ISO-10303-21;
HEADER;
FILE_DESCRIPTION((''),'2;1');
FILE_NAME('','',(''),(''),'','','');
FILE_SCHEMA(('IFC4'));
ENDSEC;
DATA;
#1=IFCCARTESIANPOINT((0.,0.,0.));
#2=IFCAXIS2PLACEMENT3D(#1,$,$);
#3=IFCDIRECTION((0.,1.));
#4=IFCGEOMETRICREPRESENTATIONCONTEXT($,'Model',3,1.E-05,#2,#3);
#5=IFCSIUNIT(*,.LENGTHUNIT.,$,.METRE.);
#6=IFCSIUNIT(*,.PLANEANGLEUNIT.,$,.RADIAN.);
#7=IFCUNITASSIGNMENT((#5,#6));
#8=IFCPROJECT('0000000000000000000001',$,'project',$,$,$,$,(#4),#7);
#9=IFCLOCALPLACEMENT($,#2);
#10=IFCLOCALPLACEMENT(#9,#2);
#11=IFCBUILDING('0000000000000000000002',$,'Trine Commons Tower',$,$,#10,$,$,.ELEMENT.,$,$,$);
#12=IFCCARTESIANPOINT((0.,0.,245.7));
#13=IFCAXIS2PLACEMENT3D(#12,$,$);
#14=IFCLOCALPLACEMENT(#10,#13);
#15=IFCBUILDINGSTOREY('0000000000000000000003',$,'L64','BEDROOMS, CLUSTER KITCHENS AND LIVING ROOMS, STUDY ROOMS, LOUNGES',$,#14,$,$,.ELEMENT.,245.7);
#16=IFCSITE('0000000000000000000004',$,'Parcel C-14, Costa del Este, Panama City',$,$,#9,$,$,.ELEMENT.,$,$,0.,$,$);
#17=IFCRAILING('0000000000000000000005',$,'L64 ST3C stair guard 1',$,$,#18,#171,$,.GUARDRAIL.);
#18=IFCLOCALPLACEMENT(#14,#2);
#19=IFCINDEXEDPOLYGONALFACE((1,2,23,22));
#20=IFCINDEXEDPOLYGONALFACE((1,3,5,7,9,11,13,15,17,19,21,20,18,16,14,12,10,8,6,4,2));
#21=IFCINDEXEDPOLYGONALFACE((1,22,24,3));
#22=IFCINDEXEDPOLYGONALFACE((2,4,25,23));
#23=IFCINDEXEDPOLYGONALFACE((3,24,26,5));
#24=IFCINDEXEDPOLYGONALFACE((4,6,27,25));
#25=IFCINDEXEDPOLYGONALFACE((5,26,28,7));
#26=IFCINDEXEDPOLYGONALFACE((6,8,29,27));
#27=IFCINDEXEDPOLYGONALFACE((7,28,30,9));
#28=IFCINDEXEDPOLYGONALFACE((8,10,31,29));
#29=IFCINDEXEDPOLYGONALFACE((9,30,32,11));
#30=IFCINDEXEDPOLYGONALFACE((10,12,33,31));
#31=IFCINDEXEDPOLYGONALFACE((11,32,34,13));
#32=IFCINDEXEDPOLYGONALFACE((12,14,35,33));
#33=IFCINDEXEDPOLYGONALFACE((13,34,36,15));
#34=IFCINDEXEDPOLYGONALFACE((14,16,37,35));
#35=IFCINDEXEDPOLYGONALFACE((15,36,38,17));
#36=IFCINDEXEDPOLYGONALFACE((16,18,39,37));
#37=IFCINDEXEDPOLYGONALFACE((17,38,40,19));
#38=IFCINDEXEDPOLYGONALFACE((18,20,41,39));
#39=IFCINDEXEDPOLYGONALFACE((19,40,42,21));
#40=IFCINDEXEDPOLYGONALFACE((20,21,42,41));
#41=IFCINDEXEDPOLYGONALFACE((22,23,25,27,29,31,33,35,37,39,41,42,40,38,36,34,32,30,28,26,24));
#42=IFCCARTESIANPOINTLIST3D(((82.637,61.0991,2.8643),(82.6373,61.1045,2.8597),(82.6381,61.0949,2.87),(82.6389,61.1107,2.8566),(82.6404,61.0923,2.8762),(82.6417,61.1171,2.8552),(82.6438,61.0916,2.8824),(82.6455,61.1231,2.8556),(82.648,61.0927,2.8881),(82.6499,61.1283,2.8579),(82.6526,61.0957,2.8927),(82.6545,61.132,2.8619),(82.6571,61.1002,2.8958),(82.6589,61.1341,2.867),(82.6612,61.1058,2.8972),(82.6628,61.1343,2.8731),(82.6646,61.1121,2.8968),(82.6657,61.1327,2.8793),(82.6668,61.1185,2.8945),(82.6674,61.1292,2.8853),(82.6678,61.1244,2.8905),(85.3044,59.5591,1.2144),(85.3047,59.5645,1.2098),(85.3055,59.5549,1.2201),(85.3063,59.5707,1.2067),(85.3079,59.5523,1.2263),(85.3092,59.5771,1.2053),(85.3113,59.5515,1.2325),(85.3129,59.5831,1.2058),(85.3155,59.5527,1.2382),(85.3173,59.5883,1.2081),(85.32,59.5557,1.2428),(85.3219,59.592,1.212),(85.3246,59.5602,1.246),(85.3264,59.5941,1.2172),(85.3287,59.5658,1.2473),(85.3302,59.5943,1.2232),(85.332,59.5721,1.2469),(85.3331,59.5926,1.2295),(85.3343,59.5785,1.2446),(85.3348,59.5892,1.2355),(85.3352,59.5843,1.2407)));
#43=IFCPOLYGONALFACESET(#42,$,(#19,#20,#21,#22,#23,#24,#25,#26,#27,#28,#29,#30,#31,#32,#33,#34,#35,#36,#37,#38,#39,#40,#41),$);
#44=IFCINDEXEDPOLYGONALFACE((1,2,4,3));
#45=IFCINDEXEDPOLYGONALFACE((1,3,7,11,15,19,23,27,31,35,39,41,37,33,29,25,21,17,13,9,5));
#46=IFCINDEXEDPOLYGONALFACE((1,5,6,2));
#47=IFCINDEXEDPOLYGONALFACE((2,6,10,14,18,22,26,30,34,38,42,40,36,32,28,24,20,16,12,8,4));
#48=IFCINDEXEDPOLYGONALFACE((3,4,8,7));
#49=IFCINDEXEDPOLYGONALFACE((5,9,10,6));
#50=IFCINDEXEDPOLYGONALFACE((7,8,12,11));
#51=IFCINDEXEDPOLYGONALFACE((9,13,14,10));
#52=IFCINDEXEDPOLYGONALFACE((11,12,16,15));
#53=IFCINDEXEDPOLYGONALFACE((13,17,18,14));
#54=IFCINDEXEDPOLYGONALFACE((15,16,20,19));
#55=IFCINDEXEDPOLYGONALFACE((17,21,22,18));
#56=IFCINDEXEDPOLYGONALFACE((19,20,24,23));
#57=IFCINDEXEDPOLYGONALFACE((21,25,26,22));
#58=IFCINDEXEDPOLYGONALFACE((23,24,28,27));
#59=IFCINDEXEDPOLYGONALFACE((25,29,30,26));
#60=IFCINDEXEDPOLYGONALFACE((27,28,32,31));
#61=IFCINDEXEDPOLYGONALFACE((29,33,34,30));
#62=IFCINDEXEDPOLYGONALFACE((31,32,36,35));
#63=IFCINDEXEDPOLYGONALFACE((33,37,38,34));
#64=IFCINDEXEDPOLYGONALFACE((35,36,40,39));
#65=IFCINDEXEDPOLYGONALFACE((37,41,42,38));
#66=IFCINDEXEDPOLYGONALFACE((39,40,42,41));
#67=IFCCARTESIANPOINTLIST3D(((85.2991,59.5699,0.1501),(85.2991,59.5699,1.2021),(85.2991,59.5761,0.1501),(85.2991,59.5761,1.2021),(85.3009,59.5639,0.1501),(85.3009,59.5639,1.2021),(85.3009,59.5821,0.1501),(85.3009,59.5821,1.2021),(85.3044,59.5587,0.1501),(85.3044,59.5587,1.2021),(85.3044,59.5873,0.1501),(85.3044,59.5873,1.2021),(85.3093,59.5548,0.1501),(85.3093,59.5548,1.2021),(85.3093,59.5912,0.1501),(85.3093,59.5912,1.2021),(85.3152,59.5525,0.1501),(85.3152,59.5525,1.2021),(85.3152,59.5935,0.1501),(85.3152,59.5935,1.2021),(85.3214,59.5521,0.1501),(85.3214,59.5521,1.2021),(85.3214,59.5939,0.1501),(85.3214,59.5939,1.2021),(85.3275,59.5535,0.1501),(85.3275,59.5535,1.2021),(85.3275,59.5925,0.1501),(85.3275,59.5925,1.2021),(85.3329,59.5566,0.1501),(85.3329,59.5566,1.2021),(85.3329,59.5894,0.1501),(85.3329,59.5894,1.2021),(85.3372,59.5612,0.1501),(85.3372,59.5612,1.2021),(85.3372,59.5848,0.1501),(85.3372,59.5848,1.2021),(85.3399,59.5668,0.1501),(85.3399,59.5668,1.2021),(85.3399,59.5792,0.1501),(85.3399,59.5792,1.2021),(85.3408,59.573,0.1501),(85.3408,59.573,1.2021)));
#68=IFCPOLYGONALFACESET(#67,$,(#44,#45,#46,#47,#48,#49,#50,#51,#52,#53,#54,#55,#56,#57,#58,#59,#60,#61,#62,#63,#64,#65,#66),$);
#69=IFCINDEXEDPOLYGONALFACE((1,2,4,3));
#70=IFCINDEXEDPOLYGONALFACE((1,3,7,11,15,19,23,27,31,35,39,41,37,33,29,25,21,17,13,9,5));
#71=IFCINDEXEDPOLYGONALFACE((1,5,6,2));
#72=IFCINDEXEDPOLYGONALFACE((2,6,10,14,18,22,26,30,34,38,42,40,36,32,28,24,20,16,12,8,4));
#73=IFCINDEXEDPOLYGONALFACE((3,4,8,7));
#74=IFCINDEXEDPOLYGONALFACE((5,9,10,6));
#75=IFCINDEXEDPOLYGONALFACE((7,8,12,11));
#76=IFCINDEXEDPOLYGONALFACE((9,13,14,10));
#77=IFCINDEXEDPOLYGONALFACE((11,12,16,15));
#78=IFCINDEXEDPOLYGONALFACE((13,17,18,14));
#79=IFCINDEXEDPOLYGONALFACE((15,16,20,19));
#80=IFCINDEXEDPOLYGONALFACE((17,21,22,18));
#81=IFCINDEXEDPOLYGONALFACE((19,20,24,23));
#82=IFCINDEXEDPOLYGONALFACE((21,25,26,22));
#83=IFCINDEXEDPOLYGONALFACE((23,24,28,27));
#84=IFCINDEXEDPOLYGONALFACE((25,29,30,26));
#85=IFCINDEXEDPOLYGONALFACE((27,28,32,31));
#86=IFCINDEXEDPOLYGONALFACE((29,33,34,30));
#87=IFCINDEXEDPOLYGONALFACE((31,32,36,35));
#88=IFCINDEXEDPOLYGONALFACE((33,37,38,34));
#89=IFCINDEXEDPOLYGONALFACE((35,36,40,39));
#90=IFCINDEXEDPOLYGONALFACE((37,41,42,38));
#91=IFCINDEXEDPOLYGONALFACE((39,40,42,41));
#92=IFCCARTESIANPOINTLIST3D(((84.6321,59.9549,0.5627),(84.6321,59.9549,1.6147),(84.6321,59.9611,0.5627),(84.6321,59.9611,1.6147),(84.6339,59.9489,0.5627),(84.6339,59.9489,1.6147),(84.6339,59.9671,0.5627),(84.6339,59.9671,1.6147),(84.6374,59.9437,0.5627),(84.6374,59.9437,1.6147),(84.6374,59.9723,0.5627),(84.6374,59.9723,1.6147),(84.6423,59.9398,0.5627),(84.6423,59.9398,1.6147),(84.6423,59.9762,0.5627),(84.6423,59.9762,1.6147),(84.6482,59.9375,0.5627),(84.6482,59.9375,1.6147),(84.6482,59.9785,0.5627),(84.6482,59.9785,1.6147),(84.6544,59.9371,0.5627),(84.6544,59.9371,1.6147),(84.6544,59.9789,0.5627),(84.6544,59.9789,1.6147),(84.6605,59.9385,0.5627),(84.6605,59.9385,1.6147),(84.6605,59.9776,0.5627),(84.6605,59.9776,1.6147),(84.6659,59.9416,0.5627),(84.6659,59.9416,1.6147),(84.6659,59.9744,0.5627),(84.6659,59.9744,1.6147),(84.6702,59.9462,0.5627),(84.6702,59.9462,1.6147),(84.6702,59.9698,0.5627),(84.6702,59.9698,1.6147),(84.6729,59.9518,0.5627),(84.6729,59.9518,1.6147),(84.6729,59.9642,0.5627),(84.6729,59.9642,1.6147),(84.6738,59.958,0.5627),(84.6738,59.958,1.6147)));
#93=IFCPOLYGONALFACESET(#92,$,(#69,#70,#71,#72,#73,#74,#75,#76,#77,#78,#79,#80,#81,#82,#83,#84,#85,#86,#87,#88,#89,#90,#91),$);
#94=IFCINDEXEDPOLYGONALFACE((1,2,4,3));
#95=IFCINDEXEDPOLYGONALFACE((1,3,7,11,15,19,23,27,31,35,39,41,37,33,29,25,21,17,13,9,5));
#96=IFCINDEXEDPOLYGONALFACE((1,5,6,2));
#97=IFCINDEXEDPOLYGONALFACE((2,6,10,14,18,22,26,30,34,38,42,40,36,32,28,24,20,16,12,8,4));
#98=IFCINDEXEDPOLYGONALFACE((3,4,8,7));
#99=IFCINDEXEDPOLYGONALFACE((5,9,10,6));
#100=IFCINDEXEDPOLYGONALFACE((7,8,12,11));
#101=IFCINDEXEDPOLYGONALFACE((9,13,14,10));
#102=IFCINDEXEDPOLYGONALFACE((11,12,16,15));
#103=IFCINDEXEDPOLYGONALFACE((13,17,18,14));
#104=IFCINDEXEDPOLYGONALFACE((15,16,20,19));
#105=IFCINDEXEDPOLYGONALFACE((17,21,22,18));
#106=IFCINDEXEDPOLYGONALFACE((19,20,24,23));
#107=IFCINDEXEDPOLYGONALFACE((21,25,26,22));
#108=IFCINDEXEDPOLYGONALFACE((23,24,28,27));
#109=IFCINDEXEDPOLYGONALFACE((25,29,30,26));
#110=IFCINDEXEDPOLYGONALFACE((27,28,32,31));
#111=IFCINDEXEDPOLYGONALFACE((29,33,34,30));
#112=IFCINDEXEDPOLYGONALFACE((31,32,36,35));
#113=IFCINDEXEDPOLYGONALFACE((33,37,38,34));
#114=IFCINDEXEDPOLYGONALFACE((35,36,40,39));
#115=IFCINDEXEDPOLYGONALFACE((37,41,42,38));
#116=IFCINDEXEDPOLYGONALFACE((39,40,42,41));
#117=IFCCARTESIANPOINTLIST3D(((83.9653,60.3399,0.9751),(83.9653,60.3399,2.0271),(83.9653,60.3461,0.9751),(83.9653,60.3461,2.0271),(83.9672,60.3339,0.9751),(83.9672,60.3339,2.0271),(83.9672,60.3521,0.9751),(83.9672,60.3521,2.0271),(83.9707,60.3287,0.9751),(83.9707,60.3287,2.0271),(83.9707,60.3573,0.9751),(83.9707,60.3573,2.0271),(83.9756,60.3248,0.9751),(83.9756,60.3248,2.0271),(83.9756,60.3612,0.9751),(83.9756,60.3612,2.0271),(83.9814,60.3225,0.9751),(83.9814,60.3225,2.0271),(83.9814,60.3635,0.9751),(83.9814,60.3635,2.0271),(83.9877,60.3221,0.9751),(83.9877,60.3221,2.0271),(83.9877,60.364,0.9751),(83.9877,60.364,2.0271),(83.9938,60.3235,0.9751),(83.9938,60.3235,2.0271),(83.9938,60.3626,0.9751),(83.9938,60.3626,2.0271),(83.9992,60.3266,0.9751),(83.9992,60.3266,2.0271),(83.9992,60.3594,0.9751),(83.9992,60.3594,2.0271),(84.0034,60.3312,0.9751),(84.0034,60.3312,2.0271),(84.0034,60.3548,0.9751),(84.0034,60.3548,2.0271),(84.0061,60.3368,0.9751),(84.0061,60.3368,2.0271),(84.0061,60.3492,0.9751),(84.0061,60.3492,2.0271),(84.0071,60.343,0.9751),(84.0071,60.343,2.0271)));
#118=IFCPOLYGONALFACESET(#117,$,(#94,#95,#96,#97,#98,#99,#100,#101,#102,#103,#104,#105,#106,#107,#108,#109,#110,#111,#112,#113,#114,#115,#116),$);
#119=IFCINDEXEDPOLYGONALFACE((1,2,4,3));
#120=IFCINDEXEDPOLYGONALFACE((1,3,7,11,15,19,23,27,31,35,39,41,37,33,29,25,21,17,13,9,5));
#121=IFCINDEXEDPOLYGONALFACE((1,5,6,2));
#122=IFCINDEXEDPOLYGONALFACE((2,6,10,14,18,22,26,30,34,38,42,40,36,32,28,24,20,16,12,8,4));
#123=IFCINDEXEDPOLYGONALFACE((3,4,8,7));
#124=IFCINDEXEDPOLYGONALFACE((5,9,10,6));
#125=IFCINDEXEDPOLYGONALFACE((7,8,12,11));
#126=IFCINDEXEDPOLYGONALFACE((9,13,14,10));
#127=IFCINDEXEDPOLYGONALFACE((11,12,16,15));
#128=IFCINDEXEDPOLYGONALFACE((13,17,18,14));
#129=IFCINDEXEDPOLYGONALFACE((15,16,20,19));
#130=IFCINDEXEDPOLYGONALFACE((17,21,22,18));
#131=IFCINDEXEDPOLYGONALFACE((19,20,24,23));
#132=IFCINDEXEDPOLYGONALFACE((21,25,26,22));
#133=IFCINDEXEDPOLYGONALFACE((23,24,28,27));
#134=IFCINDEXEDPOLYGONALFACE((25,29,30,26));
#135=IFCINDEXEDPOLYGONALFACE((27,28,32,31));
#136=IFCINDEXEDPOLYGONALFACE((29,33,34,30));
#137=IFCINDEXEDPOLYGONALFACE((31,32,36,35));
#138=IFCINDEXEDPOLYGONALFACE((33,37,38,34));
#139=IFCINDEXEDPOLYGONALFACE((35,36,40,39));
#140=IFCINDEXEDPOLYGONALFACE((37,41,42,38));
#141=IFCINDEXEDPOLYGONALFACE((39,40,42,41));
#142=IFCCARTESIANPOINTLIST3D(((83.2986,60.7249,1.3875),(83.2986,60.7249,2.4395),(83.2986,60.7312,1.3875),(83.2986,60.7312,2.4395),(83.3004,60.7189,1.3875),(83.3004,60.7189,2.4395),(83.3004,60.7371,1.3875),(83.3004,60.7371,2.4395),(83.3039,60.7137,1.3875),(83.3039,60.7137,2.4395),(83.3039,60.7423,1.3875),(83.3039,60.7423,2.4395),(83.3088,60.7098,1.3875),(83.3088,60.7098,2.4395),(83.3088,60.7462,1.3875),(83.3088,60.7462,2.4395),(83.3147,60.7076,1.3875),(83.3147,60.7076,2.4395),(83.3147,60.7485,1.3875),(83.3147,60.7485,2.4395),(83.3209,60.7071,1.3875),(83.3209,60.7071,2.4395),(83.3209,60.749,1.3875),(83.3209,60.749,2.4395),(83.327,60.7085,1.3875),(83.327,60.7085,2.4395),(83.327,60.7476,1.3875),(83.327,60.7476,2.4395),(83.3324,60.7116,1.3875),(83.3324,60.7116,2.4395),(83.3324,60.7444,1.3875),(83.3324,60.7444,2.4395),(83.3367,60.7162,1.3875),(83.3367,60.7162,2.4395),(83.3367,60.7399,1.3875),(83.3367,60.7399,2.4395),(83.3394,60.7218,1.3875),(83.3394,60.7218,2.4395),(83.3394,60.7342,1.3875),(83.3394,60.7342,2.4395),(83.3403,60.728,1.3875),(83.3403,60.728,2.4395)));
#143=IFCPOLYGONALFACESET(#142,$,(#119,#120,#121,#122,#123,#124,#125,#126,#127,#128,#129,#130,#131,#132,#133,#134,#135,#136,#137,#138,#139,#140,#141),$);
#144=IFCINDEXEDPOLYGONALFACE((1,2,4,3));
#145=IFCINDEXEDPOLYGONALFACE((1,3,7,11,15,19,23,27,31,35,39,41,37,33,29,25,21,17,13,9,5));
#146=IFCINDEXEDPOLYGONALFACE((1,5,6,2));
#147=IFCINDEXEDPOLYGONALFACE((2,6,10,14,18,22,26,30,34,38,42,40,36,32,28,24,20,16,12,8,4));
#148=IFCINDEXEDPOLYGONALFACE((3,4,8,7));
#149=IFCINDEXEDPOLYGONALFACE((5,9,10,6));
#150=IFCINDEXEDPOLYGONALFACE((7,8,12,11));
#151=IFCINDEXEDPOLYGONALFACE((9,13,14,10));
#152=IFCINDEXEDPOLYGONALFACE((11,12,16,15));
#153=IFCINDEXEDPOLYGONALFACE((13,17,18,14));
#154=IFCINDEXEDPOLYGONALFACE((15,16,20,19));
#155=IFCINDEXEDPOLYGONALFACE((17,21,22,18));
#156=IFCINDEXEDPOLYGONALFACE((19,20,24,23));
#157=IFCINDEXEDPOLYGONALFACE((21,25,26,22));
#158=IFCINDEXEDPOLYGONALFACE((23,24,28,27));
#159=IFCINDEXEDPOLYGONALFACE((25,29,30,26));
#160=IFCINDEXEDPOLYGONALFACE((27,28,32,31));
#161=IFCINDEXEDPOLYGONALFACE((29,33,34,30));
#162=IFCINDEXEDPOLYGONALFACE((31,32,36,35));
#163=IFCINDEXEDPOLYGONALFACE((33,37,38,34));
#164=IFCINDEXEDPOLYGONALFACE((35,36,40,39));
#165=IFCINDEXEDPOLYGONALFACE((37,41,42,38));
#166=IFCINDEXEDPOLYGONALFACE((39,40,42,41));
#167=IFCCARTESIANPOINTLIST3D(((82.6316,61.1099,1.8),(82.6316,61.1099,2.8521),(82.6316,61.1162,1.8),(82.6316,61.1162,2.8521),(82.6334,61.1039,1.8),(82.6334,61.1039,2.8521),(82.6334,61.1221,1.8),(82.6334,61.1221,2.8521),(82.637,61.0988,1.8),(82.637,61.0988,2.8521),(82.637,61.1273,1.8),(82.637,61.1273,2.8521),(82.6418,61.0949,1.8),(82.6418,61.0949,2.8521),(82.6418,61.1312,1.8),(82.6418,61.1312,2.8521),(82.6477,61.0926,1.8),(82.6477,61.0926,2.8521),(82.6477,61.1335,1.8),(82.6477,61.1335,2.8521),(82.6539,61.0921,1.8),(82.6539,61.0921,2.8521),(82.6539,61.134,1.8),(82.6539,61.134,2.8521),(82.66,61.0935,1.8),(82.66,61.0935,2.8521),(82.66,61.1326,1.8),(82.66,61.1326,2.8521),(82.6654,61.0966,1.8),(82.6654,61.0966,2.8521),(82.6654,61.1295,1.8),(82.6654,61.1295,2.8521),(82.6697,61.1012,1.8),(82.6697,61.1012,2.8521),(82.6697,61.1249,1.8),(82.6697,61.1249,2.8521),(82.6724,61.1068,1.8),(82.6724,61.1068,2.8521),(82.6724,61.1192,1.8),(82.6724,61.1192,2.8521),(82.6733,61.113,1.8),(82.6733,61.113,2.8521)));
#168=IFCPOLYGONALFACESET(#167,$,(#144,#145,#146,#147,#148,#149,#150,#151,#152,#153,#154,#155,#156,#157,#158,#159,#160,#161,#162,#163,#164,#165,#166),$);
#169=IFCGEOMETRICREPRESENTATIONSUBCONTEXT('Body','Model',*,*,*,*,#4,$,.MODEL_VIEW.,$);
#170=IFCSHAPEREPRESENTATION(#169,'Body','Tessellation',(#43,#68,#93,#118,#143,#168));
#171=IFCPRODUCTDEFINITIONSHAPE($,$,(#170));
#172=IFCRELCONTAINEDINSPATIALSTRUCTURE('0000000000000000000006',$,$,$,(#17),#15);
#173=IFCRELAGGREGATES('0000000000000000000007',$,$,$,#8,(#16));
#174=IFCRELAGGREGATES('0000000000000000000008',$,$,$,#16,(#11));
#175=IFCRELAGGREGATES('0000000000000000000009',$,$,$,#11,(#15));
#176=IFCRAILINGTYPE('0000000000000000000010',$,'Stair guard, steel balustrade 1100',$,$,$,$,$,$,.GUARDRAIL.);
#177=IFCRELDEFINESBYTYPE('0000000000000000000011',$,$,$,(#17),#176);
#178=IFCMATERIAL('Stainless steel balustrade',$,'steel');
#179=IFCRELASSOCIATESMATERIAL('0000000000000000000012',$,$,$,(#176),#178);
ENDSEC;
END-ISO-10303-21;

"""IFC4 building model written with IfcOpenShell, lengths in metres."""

from ifc_helpers import new_model, si_unit, direction, frame, origin, origin_2d, place, context, subcontext, project, spatial, circle, extrude, material, type_object, element, save


model = new_model("IFC4")

# Units and contexts
model_context = context("Model", 3, precision=1e-05, world=origin(), true_north=direction((0.0, 1.0)))
body_context = subcontext(model_context, "Body", "Model", "MODEL_VIEW")
ifc_project = project(units=[si_unit("LENGTHUNIT", "METRE"), si_unit("PLANEANGLEUNIT", "RADIAN")], contexts=[model_context])

# Site, building, storey
site_placement = place(None, origin())
site = spatial("IfcSite", under=ifc_project, at=site_placement, Name="Parcel C-14, Costa del Este, Panama City", CompositionType="ELEMENT", RefElevation=0.0)
building_placement = place(site_placement, origin())
building = spatial("IfcBuilding", under=site, at=building_placement, Name="Trine Commons Tower", CompositionType="ELEMENT")
storey_placement = place(building_placement, frame((0.0, 0.0, 245.7)))
storey = spatial("IfcBuildingStorey", under=building, at=storey_placement, Name="L64", Description="BEDROOMS, CLUSTER KITCHENS AND LIVING ROOMS, STUDY ROOMS, LOUNGES", CompositionType="ELEMENT", Elevation=245.7)

# Railing
ifc_material_1 = material(Name="Stainless steel balustrade", Category="steel")
railing_type_1 = type_object("IfcRailingType", Name="Stair guard, steel balustrade 1100", PredefinedType="GUARDRAIL", material=ifc_material_1)
railing_1_placement = place(storey_placement, frame((85.3198, 59.573, 0.1501)))
element("IfcRailing", 1, at=railing_1_placement, inside=storey, type_object=railing_type_1, Name="L64 ST3C stair guard 1", PredefinedType="GUARDRAIL", context=body_context, shape_type="SweptSolid", body=[
    extrude(circle(Radius=0.0239, at=origin_2d()), frame((0.0, 0.0, 1.0762), z_axis=(-0.763405, 0.440743, 0.472185), x_axis=(-0.499992, -0.86603, 0.0)), (0.0, 0.0, 1.0), 3.4941),
    extrude(circle(Radius=0.021, at=origin_2d()), origin(), (0.0, 0.0, 1.0), 1.052),
    extrude(circle(Radius=0.021, at=origin_2d()), frame((-0.667, 0.385, 0.4126)), (0.0, 0.0, 1.0), 1.052),
    extrude(circle(Radius=0.021, at=origin_2d()), frame((-1.3337, 0.77, 0.825)), (0.0, 0.0, 1.0), 1.052),
    extrude(circle(Radius=0.021, at=origin_2d()), frame((-2.0005, 1.155, 1.2373)), (0.0, 0.0, 1.0), 1.052),
    extrude(circle(Radius=0.021, at=origin_2d()), frame((-2.6675, 1.54, 1.6499)), (0.0, 0.0, 1.0), 1.052),
])

save(model, "model.ifc")
